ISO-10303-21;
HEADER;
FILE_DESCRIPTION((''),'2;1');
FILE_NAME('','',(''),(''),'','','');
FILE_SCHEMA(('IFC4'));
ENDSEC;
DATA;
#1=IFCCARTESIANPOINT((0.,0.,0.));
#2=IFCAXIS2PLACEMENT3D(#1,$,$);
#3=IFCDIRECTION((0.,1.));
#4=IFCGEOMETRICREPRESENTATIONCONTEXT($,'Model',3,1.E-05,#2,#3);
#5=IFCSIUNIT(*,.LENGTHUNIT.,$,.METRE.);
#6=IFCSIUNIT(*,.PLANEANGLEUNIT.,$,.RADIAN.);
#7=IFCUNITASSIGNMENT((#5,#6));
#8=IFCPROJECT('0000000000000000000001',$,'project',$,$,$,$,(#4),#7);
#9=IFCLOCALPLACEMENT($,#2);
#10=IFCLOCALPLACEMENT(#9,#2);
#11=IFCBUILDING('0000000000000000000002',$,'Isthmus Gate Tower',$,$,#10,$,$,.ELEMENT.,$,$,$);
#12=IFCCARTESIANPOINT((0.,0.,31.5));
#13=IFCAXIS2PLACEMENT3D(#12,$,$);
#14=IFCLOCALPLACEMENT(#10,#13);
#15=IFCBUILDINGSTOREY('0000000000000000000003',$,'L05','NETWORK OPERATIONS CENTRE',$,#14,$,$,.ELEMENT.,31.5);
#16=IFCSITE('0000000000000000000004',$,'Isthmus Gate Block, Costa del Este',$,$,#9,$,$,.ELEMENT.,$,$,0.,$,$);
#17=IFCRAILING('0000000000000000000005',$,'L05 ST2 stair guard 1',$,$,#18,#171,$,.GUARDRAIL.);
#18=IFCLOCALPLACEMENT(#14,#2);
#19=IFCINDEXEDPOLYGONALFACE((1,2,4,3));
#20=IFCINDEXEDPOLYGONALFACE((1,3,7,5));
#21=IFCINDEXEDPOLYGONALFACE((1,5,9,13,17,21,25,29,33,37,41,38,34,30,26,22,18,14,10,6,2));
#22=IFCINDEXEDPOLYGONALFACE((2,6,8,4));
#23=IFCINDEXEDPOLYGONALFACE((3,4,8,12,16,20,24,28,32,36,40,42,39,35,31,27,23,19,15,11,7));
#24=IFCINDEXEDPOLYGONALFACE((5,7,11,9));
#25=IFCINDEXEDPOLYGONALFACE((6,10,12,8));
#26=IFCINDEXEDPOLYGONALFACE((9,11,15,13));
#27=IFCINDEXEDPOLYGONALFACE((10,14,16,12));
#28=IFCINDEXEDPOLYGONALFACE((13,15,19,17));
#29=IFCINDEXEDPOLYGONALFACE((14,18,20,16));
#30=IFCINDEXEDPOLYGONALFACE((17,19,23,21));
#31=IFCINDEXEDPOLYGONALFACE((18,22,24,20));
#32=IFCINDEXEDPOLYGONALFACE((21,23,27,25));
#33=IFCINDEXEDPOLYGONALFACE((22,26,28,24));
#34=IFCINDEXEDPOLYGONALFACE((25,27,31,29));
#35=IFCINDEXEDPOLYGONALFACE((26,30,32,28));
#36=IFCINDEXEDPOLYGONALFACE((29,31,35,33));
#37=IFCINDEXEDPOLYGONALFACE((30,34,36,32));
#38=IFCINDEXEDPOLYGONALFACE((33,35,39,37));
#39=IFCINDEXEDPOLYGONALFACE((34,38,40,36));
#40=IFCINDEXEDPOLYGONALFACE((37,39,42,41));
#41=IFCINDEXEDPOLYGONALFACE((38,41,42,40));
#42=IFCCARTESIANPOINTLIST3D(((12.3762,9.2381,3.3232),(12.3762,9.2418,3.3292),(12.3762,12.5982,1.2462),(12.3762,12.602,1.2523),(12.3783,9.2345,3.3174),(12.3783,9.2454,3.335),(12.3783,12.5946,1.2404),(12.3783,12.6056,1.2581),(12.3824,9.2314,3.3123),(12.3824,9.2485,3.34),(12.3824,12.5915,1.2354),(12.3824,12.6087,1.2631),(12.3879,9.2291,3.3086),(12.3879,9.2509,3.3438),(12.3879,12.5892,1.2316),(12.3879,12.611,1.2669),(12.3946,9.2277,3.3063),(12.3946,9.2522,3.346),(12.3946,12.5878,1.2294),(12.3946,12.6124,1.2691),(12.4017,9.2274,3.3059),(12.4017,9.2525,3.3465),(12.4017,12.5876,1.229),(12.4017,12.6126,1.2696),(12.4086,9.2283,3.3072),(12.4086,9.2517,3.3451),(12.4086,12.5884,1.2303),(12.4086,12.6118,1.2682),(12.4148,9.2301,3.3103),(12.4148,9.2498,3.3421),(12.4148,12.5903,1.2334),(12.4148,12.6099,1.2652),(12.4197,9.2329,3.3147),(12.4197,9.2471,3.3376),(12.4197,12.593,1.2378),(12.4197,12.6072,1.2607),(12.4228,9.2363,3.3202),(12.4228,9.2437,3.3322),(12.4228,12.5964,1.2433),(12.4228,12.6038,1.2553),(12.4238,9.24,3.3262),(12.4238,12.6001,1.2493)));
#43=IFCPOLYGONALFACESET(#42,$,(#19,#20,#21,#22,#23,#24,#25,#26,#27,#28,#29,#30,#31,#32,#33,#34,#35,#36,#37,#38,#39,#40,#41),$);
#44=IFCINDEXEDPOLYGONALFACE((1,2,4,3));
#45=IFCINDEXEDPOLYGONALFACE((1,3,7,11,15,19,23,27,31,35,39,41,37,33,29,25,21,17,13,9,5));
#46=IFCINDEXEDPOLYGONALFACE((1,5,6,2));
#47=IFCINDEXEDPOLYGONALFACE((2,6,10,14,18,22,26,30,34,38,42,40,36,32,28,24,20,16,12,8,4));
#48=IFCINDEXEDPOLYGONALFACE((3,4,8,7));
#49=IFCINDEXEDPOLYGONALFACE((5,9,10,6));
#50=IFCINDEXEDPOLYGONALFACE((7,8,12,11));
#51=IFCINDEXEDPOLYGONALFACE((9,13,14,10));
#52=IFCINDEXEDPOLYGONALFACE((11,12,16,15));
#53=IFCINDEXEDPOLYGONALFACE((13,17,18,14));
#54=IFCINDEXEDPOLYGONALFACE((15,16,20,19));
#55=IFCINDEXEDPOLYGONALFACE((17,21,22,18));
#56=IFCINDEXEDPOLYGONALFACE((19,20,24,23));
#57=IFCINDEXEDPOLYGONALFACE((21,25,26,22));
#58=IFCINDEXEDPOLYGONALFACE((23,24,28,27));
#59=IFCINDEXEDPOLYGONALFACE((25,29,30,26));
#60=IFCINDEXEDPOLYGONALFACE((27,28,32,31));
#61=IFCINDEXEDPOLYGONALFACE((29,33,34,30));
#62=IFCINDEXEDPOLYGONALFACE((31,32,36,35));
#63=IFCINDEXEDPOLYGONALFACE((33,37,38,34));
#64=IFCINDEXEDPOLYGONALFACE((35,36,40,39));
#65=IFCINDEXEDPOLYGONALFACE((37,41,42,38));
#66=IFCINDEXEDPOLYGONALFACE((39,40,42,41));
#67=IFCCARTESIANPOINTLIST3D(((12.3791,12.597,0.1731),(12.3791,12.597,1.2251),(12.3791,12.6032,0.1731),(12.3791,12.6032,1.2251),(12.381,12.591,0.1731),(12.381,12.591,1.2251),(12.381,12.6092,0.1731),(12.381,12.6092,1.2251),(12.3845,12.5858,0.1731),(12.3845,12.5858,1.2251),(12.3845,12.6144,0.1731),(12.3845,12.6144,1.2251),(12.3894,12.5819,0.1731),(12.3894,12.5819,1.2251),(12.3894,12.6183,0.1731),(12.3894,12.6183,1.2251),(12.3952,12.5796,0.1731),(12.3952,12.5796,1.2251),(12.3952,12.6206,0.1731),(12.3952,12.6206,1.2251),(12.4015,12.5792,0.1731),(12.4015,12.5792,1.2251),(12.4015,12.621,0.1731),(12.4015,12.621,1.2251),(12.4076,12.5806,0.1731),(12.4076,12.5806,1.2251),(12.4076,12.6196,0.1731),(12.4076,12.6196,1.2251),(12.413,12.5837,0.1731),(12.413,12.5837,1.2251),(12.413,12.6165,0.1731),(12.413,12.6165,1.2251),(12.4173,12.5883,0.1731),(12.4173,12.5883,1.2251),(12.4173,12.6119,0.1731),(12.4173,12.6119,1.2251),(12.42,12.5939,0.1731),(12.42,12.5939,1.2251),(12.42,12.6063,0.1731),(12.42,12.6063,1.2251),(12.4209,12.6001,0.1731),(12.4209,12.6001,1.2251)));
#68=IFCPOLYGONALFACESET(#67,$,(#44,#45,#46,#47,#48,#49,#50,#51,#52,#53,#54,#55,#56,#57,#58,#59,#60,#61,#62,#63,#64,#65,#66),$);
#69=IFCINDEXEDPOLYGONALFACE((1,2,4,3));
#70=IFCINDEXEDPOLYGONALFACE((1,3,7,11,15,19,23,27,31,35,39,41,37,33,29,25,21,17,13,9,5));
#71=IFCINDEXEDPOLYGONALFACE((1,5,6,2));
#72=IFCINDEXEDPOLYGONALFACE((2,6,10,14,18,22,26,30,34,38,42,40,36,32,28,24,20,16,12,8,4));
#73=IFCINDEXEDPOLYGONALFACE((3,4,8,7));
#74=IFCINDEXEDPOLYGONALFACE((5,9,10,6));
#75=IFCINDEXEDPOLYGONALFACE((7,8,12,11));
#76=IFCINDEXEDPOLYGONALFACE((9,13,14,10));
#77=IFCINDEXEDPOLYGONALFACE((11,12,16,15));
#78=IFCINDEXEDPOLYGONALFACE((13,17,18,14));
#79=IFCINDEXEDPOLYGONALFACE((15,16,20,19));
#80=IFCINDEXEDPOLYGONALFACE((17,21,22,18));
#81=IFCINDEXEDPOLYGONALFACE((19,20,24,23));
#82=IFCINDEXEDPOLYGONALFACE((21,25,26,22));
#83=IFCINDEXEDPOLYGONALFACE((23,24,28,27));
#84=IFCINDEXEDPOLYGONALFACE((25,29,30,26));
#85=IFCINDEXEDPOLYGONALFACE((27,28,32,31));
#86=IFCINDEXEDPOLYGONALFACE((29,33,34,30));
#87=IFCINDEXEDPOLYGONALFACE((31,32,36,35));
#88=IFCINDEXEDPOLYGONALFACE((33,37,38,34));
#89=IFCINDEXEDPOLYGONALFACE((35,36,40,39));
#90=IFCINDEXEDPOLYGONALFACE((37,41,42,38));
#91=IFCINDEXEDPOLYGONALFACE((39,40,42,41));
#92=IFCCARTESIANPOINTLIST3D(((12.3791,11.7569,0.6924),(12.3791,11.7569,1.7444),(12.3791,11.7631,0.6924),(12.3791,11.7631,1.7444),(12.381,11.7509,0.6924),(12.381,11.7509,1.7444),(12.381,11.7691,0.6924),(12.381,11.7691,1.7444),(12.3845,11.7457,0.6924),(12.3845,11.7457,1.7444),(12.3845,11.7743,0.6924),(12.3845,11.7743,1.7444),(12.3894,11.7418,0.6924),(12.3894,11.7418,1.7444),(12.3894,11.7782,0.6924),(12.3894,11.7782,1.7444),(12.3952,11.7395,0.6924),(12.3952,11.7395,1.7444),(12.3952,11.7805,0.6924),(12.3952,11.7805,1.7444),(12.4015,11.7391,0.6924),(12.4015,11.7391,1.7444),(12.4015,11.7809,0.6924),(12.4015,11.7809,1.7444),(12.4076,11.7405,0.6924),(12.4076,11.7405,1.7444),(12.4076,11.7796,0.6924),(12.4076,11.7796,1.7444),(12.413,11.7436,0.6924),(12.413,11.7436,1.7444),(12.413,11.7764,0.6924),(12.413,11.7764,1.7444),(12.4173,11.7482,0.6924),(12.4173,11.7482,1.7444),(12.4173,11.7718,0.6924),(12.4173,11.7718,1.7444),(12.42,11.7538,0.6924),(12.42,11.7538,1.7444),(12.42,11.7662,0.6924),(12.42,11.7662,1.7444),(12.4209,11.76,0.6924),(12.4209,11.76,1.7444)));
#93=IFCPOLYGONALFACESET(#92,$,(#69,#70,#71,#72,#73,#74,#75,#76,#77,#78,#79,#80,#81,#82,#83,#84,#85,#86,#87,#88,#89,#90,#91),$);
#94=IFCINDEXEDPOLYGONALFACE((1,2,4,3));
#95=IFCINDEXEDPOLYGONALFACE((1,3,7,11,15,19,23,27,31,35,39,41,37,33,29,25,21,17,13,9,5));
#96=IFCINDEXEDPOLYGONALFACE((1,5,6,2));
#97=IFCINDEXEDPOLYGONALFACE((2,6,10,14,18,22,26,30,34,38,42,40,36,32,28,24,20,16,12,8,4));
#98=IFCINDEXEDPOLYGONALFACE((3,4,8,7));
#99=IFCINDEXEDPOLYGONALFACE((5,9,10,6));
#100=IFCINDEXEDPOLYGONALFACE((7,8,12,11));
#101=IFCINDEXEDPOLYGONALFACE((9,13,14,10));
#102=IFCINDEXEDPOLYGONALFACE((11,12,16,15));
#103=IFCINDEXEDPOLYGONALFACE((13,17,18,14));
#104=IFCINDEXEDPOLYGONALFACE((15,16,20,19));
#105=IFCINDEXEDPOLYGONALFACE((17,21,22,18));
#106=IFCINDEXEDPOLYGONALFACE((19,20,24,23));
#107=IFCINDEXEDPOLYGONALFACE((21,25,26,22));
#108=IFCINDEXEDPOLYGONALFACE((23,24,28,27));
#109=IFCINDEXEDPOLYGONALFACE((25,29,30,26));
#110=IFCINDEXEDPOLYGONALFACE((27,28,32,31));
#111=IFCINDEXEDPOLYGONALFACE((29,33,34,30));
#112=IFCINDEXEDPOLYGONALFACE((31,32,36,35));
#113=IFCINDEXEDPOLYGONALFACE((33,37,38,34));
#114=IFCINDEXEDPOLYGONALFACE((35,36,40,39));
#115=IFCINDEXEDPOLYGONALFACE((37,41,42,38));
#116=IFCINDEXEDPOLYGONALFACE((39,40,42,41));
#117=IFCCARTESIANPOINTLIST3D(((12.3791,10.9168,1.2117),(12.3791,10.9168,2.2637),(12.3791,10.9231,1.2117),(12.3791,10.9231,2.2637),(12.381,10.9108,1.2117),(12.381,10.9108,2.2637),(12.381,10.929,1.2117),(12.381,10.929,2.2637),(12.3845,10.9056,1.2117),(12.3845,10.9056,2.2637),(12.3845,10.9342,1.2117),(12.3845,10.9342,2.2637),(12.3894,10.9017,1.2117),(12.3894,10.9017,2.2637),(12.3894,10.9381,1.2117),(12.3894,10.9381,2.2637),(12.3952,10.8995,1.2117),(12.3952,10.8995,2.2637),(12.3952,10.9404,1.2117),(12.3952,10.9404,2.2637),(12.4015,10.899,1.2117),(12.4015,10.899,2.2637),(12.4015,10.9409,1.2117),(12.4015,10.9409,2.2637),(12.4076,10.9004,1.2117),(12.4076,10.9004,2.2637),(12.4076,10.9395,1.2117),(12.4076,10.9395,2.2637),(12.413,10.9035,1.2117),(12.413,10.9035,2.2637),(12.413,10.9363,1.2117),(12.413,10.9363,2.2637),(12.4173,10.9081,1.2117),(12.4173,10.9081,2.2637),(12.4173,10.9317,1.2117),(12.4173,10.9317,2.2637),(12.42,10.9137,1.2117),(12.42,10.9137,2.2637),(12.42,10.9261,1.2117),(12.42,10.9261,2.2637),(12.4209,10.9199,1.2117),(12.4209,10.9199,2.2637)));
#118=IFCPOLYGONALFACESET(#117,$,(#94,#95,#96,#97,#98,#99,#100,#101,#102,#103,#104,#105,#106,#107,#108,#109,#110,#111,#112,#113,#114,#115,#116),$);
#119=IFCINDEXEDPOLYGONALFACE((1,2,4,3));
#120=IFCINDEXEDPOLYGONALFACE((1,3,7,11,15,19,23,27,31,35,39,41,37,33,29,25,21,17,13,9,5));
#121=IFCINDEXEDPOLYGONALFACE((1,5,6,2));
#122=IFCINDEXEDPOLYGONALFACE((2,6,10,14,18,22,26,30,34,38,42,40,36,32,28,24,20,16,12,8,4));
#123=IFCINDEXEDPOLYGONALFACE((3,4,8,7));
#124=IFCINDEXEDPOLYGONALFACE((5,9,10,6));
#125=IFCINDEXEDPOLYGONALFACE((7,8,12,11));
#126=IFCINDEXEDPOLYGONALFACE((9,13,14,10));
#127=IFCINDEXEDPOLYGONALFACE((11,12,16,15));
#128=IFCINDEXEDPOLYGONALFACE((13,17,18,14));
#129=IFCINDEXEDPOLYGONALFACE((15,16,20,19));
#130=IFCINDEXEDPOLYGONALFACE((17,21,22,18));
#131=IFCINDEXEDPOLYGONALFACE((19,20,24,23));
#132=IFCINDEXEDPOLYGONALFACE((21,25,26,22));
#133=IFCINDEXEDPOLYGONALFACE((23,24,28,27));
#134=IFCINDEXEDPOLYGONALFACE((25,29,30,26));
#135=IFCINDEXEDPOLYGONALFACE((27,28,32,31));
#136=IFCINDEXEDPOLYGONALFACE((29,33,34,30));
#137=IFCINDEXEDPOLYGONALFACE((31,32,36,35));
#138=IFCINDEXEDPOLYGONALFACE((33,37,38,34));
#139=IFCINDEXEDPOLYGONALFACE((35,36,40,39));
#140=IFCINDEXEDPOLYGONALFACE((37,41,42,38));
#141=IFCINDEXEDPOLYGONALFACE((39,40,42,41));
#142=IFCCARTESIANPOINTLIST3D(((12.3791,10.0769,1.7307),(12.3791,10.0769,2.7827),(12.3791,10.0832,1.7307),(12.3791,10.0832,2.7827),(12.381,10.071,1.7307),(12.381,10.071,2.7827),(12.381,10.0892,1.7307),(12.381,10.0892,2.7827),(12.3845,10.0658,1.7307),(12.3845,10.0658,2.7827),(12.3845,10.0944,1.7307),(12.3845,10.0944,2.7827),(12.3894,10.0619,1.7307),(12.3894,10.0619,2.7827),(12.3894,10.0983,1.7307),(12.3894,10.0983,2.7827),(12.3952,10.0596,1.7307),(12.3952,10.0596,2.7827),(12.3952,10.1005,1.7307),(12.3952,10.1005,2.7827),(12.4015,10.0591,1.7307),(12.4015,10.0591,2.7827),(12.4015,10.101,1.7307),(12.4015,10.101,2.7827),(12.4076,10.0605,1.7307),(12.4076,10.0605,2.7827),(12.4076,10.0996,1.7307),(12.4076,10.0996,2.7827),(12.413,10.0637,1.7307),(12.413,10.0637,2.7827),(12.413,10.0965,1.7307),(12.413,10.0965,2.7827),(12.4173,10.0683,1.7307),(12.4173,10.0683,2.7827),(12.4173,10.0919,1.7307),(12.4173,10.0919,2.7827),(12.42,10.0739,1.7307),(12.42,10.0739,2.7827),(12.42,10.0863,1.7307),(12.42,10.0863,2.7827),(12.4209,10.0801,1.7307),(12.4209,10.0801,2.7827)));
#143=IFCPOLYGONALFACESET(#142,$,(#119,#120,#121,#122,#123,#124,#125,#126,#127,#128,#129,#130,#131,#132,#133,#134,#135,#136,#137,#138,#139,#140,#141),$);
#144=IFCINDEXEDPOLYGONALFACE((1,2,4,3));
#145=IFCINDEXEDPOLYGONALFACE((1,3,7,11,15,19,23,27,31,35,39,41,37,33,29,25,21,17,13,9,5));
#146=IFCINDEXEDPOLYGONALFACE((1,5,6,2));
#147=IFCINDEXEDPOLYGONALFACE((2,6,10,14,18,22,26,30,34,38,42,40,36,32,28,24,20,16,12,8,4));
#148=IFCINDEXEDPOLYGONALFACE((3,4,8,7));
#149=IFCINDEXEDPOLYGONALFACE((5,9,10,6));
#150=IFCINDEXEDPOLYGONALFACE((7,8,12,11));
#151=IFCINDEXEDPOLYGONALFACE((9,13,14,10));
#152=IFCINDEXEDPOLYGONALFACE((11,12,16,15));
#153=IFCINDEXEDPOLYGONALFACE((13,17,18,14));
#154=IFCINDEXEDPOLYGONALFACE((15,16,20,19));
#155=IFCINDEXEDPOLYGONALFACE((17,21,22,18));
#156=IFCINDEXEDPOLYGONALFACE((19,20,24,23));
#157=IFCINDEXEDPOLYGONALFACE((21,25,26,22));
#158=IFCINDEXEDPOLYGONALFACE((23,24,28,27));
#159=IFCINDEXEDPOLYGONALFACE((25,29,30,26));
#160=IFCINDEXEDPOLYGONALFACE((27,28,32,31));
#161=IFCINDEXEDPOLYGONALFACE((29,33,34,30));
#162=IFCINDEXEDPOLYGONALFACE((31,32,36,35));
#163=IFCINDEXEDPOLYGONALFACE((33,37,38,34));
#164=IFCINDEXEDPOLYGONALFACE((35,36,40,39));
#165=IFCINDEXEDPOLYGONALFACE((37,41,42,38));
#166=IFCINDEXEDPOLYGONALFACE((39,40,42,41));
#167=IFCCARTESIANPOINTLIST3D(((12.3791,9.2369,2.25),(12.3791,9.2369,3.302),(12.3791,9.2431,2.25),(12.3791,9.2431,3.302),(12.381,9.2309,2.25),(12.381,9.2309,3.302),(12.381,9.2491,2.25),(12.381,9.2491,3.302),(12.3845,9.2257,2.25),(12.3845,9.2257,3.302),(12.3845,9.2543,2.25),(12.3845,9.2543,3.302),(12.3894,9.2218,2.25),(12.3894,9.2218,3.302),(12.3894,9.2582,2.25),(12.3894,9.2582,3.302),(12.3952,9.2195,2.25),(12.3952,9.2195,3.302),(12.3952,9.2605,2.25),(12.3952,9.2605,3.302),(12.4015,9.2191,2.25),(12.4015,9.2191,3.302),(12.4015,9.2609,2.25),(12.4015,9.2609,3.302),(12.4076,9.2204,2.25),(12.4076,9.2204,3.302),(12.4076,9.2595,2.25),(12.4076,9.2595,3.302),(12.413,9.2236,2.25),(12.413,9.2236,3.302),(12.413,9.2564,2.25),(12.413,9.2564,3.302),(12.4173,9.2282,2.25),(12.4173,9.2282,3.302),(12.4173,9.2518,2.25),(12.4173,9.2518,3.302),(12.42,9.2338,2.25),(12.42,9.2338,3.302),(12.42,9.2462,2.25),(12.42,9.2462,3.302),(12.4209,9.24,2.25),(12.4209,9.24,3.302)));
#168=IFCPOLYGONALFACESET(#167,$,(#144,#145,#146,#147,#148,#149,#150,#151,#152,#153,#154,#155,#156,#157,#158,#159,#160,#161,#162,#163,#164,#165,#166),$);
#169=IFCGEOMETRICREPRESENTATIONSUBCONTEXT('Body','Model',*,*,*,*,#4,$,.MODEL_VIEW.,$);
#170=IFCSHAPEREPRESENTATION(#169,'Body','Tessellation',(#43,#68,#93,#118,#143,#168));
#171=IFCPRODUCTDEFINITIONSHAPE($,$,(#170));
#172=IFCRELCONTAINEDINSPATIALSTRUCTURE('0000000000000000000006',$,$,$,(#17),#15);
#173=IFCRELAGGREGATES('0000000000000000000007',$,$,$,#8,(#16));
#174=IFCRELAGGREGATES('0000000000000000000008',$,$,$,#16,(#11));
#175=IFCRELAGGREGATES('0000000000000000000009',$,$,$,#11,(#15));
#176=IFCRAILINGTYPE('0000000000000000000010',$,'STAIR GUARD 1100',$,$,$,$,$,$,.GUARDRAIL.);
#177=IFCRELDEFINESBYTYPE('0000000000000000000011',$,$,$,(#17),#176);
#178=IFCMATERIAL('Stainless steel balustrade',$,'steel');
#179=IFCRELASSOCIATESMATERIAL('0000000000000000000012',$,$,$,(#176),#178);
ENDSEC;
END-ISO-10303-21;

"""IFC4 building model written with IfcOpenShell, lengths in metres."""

from ifc_helpers import new_model, si_unit, direction, frame, origin, origin_2d, place, context, subcontext, project, spatial, circle, extrude, material, type_object, element, save


model = new_model("IFC4")

# Units and contexts
model_context = context("Model", 3, precision=1e-05, world=origin(), true_north=direction((0.0, 1.0)))
body_context = subcontext(model_context, "Body", "Model", "MODEL_VIEW")
ifc_project = project(units=[si_unit("LENGTHUNIT", "METRE"), si_unit("PLANEANGLEUNIT", "RADIAN")], contexts=[model_context])

# Site, building, storey
site_placement = place(None, origin())
site = spatial("IfcSite", under=ifc_project, at=site_placement, Name="Isthmus Gate Block, Costa del Este", CompositionType="ELEMENT", RefElevation=0.0)
building_placement = place(site_placement, origin())
building = spatial("IfcBuilding", under=site, at=building_placement, Name="Isthmus Gate Tower", CompositionType="ELEMENT")
storey_placement = place(building_placement, frame((0.0, 0.0, 31.5)))
storey = spatial("IfcBuildingStorey", under=building, at=storey_placement, Name="L05", Description="NETWORK OPERATIONS CENTRE", CompositionType="ELEMENT", Elevation=31.5)

# Railing
ifc_material_1 = material(Name="Stainless steel balustrade", Category="steel")
railing_type_1 = type_object("IfcRailingType", Name="STAIR GUARD 1100", PredefinedType="GUARDRAIL", material=ifc_material_1)
railing_1_placement = place(storey_placement, frame((12.3999, 12.6001, 0.1731)))
element("IfcRailing", 1, at=railing_1_placement, inside=storey, type_object=railing_type_1, Name="L05 ST2 stair guard 1", PredefinedType="GUARDRAIL", context=body_context, shape_type="SweptSolid", body=[
    extrude(circle(Radius=0.0239, at=origin_2d()), frame((0.0, 0.0, 1.0762), z_axis=(0.0, -0.850623, 0.525776), x_axis=(1.0, 0.0, 0.0)), (0.0, 0.0, 1.0), 3.9502),
    extrude(circle(Radius=0.021, at=origin_2d()), origin(), (0.0, 0.0, 1.0), 1.052),
    extrude(circle(Radius=0.021, at=origin_2d()), frame((0.0, -0.8401, 0.5193)), (0.0, 0.0, 1.0), 1.052),
    extrude(circle(Radius=0.021, at=origin_2d()), frame((0.0, -1.6802, 1.0386)), (0.0, 0.0, 1.0), 1.052),
    extrude(circle(Radius=0.021, at=origin_2d()), frame((0.0, -2.52, 1.5576)), (0.0, 0.0, 1.0), 1.052),
    extrude(circle(Radius=0.021, at=origin_2d()), frame((0.0, -3.3601, 2.0769)), (0.0, 0.0, 1.0), 1.052),
])

save(model, "model.ifc")
